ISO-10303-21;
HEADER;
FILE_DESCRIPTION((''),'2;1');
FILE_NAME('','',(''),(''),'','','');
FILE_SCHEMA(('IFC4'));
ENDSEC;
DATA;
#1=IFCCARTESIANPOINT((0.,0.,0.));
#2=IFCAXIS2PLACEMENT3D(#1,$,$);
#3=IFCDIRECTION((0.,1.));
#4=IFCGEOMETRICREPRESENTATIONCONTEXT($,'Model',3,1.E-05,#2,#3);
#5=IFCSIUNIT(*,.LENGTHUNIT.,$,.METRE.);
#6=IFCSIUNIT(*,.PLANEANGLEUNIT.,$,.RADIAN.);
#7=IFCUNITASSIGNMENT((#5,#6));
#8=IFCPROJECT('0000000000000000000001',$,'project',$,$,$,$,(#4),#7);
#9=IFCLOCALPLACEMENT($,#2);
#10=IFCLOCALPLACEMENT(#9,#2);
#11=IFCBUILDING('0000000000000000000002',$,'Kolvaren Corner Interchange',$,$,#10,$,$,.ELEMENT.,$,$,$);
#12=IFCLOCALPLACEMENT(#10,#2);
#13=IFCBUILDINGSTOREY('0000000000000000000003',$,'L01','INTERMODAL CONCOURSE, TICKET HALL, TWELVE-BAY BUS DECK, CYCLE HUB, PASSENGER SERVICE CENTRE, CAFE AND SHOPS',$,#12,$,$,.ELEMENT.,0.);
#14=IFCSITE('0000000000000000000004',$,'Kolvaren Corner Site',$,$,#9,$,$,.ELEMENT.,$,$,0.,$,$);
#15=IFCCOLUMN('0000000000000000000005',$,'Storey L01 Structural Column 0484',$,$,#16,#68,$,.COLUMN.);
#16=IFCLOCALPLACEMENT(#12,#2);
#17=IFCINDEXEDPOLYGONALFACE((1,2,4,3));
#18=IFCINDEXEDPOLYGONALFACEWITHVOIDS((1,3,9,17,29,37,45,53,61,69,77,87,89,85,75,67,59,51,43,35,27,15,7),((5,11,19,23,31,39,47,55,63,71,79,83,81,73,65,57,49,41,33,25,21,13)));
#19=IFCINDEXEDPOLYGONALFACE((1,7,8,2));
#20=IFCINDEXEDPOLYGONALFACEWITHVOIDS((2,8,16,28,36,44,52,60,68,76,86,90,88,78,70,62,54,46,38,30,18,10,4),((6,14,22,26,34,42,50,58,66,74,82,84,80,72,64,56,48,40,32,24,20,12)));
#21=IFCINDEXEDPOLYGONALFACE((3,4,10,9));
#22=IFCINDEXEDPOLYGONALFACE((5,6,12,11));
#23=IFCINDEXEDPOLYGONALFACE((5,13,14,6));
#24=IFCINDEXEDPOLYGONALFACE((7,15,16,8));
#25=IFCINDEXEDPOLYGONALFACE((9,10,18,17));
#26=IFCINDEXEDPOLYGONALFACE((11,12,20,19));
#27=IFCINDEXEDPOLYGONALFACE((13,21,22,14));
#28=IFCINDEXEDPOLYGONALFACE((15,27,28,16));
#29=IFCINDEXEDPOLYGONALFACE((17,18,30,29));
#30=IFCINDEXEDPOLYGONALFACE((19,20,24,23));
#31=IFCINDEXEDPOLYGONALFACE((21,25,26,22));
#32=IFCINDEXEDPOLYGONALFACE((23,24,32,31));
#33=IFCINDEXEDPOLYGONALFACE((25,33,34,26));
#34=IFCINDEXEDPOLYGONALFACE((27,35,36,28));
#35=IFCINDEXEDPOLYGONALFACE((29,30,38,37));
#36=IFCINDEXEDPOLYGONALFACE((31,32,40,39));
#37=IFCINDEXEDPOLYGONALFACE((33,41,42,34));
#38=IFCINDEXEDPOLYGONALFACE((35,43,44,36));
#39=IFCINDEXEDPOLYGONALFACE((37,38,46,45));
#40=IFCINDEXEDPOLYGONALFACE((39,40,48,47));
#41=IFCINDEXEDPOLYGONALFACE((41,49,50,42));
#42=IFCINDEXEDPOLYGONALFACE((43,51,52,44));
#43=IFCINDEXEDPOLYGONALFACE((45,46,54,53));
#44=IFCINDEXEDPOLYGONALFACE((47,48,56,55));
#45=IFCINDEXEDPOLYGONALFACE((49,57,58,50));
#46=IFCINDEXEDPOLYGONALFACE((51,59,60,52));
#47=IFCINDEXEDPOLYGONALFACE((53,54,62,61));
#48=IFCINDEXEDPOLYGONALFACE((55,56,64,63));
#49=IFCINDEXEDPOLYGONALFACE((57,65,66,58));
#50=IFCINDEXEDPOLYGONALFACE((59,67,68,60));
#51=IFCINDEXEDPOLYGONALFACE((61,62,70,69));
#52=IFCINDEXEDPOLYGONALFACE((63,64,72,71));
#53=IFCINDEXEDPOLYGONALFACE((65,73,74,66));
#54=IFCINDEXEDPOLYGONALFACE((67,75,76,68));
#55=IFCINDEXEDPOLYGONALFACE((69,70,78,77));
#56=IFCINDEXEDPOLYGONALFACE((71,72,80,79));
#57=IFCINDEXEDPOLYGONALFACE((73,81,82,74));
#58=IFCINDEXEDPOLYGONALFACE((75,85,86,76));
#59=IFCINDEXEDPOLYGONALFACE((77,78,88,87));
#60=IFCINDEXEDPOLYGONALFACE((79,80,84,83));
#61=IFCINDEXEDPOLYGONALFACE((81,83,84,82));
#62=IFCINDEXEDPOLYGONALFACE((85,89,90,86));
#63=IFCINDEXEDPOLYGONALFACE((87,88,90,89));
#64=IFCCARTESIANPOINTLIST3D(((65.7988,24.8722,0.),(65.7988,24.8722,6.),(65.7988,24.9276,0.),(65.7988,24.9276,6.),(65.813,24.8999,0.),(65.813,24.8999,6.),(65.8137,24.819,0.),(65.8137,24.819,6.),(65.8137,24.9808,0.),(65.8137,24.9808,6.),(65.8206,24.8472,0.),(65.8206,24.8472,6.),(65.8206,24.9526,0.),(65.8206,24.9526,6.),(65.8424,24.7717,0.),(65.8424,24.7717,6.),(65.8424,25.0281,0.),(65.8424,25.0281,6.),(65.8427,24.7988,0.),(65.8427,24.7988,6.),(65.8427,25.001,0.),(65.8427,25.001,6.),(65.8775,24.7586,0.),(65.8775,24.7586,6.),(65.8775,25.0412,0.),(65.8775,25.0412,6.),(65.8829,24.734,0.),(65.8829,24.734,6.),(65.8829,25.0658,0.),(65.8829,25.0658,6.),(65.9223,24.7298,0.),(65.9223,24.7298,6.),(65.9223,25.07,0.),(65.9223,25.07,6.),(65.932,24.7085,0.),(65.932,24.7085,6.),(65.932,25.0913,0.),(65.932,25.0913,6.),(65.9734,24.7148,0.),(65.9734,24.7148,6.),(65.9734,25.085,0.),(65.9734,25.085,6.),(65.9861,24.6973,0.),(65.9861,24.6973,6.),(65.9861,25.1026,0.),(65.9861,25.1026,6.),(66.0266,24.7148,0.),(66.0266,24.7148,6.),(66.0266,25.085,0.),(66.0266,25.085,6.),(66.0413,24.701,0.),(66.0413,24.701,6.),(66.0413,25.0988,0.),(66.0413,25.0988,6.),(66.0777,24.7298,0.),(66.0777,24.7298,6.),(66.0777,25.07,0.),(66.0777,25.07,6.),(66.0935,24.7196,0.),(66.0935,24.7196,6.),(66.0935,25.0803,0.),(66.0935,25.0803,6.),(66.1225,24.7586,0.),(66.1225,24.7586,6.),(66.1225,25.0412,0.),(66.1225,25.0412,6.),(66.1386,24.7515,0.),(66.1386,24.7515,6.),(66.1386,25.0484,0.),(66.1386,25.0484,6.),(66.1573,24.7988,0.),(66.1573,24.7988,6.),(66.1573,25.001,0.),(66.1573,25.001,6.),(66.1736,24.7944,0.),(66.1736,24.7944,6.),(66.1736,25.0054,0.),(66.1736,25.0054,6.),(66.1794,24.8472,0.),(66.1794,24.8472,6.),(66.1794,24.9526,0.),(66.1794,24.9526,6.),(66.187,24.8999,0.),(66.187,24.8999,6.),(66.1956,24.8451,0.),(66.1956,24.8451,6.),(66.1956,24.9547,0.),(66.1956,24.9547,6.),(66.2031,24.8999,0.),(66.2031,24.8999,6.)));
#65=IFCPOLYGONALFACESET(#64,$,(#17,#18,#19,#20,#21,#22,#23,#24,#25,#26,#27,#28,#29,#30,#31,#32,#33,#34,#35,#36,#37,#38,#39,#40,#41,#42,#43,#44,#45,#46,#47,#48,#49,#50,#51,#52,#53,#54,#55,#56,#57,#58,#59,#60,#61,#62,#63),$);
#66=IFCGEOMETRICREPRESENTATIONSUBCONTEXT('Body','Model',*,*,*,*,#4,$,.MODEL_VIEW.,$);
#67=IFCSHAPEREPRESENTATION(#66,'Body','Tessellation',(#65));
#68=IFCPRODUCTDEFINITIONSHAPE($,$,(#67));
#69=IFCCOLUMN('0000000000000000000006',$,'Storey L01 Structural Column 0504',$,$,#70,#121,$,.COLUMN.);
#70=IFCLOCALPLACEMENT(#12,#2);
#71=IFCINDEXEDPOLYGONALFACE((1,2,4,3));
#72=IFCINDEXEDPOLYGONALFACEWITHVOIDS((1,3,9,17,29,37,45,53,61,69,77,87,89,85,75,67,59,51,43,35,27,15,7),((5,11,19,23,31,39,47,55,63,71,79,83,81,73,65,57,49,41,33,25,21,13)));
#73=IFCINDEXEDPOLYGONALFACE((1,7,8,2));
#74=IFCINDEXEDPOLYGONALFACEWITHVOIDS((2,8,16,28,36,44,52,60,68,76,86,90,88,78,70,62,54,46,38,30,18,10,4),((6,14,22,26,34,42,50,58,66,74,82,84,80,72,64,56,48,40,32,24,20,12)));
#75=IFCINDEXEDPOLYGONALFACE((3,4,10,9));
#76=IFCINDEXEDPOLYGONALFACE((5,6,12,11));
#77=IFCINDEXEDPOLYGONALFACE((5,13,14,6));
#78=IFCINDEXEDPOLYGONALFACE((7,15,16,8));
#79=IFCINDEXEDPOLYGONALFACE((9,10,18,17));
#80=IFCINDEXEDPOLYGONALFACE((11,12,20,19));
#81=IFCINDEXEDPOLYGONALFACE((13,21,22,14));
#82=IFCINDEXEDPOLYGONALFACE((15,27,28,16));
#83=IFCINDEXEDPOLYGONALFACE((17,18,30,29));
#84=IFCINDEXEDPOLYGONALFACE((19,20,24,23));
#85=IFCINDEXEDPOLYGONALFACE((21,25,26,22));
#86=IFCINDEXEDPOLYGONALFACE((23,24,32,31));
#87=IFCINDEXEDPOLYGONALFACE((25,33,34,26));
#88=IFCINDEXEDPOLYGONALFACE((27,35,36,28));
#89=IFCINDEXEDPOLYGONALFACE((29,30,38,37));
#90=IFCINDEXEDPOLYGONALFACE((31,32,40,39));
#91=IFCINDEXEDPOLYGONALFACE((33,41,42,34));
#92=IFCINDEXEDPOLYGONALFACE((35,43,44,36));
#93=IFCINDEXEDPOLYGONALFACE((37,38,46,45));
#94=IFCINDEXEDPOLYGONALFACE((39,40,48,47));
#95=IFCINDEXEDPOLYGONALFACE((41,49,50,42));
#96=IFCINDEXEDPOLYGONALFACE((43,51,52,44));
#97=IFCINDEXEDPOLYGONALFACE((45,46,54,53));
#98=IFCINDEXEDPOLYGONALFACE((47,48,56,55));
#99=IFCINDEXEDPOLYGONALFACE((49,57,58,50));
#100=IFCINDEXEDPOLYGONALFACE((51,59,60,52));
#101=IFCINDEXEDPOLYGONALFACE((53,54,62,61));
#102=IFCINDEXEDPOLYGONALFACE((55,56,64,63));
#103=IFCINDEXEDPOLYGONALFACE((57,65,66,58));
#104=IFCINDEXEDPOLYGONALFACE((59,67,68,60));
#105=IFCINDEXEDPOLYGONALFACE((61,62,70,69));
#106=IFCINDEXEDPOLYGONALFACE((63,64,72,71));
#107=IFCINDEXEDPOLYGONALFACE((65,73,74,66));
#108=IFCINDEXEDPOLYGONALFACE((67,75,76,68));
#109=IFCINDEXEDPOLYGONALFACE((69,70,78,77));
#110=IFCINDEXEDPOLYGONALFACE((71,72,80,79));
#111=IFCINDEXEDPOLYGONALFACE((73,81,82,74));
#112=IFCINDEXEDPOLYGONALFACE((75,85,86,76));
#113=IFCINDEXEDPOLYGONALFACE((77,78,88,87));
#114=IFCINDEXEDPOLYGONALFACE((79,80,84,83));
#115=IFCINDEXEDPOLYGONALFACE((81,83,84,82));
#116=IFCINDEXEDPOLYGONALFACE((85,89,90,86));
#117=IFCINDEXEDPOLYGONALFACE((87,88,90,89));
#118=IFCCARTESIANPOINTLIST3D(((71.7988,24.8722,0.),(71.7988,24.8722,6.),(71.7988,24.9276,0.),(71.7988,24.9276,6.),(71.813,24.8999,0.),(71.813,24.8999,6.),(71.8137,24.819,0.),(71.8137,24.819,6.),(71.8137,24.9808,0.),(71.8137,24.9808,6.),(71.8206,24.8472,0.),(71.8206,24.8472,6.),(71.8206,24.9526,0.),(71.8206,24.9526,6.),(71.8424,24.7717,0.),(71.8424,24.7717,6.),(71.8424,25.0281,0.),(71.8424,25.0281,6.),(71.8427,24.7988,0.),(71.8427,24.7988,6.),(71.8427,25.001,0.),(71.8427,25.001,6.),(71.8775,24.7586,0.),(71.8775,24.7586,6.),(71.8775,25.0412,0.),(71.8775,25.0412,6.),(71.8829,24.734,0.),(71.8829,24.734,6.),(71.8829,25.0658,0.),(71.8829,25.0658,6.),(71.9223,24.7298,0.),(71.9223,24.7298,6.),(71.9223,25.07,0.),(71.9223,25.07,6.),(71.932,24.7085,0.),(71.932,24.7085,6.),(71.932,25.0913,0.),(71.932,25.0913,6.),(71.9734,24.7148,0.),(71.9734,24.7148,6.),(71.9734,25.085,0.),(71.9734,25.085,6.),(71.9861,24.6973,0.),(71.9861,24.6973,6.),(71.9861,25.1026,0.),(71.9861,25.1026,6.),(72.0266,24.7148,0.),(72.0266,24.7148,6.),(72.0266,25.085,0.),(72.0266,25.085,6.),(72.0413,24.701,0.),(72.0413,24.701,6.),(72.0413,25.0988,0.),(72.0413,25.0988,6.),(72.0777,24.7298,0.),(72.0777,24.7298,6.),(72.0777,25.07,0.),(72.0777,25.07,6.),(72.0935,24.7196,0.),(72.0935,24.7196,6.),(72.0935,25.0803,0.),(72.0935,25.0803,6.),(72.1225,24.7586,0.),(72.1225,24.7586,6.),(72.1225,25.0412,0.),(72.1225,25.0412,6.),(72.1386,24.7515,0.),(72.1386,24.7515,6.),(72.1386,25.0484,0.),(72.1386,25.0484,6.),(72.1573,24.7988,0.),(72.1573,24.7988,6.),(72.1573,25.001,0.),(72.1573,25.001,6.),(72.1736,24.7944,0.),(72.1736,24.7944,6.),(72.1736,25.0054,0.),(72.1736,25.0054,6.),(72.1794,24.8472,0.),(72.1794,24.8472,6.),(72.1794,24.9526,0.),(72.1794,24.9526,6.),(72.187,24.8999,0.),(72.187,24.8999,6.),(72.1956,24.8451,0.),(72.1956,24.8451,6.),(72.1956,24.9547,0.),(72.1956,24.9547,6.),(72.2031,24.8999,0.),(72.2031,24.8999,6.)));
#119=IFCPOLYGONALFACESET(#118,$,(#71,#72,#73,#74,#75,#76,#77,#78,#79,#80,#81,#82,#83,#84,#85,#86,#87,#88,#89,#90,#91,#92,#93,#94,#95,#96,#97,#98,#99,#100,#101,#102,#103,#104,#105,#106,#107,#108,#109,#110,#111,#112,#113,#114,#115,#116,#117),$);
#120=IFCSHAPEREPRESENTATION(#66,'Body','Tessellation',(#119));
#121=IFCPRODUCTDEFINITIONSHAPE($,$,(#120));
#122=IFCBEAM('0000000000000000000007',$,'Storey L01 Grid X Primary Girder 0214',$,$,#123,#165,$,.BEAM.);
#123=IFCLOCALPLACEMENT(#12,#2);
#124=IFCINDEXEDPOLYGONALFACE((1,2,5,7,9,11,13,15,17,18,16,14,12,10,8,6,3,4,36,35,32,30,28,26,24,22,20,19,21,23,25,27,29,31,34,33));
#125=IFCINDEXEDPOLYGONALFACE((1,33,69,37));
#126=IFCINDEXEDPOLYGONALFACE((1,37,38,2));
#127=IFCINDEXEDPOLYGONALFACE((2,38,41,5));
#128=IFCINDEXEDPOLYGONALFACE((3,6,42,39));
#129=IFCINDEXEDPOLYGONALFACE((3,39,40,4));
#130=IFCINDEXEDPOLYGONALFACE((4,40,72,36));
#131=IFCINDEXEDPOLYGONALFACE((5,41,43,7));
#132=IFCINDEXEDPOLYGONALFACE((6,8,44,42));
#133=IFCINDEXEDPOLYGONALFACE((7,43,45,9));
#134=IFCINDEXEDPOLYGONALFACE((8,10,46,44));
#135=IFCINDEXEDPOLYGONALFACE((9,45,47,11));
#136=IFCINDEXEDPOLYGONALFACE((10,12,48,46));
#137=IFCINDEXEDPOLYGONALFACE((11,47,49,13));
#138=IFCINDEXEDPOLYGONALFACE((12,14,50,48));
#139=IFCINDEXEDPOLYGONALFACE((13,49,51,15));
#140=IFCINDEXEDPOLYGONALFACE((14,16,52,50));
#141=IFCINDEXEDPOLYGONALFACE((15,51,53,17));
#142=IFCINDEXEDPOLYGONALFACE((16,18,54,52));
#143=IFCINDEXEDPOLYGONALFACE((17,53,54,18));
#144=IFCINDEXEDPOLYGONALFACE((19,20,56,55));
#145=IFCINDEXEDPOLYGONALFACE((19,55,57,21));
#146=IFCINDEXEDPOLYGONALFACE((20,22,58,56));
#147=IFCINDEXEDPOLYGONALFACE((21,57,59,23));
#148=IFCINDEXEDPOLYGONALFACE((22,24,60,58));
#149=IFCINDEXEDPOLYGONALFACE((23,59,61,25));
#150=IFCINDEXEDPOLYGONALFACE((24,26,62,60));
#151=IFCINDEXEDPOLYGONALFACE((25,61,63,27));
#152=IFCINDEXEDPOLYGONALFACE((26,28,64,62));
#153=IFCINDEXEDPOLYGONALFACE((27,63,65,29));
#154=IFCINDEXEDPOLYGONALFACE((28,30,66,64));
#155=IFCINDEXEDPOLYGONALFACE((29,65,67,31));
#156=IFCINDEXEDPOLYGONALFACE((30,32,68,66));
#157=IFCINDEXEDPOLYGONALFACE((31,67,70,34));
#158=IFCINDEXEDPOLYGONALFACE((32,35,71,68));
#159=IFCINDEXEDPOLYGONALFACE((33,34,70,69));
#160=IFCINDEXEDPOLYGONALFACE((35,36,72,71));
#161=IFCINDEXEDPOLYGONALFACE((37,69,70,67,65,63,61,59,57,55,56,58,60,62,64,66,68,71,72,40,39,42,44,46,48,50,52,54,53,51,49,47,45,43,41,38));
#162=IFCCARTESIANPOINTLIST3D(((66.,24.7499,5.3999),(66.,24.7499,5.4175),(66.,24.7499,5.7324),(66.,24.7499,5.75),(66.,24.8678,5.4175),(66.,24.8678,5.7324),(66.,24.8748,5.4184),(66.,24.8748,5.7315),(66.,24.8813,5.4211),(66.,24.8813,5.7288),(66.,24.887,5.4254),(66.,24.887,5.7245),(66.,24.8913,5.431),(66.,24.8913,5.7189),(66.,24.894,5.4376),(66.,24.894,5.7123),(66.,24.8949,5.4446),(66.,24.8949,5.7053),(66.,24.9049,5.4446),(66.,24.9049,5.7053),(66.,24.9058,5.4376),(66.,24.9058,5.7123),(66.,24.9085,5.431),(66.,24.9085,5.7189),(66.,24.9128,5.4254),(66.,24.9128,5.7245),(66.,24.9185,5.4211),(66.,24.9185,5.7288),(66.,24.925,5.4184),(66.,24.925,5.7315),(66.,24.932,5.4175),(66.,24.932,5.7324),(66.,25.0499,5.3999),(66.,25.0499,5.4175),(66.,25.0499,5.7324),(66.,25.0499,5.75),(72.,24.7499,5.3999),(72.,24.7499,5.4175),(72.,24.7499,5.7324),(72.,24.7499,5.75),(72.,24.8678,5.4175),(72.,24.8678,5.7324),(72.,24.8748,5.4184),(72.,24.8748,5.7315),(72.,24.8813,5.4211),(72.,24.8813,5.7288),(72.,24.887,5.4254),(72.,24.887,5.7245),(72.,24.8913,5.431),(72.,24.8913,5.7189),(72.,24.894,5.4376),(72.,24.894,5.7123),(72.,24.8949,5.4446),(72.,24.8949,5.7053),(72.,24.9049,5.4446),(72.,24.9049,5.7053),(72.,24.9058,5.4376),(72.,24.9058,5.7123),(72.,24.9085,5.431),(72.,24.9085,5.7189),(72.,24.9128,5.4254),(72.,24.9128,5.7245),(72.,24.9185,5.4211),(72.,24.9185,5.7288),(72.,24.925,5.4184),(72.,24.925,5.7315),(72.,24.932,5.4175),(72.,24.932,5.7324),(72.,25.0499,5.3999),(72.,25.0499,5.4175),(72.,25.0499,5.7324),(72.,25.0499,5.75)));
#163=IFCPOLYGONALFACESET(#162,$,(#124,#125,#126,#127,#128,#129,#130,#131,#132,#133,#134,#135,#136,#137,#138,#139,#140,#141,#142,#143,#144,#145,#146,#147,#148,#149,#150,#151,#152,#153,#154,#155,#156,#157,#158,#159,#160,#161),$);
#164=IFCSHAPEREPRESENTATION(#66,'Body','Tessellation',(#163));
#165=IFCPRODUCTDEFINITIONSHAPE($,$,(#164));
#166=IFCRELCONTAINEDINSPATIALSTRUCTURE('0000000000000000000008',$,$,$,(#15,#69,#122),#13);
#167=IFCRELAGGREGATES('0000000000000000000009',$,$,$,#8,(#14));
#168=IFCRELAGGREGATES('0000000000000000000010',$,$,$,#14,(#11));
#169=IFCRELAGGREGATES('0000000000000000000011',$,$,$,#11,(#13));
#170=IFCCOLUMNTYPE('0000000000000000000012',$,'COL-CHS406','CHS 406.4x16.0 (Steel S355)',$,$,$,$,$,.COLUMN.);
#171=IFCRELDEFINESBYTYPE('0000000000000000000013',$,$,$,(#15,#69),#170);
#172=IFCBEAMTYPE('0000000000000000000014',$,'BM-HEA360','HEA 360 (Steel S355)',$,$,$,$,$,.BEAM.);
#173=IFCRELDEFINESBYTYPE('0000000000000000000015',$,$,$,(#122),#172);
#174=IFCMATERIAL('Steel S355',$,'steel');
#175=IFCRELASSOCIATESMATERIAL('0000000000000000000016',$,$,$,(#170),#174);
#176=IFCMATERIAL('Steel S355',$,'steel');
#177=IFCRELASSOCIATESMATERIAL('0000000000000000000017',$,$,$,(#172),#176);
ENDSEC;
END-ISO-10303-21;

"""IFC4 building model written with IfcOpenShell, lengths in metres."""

from ifc_helpers import new_model, si_unit, direction, frame, origin, origin_2d, place, context, subcontext, project, spatial, hollow_circle, i_section, extrude, material, material_profile, profile_set, type_object, element, save


model = new_model("IFC4")

# Units and contexts
model_context = context("Model", 3, precision=1e-05, world=origin(), true_north=direction((0.0, 1.0)))
body_context = subcontext(model_context, "Body", "Model", "MODEL_VIEW")
ifc_project = project(units=[si_unit("LENGTHUNIT", "METRE"), si_unit("PLANEANGLEUNIT", "RADIAN")], contexts=[model_context])

# Site, building, storey
site_placement = place(None, origin())
site = spatial("IfcSite", under=ifc_project, at=site_placement, Name="Kolvaren Corner Site", CompositionType="ELEMENT", RefElevation=0.0)
building_placement = place(site_placement, origin())
building = spatial("IfcBuilding", under=site, at=building_placement, Name="Kolvaren Corner Interchange", CompositionType="ELEMENT")
storey_placement = place(building_placement, origin())
storey = spatial("IfcBuildingStorey", under=building, at=storey_placement, Name="L01", Description="INTERMODAL CONCOURSE, TICKET HALL, TWELVE-BAY BUS DECK, CYCLE HUB, PASSENGER SERVICE CENTRE, CAFE AND SHOPS", CompositionType="ELEMENT", Elevation=0.0)

# Columns
ifc_material_1 = material(Name="Steel S355", Category="steel")
ifc_material_profile_1 = material_profile(ifc_material_1, hollow_circle(Radius=0.2031, WallThickness=0.0161, at=origin_2d()), Name="CHS 406.4x16.0")
ifc_profile_set_1 = profile_set([ifc_material_profile_1], Name="Steel S355")
column_type = type_object("IfcColumnType", Name="COL-CHS406", Description="CHS 406.4x16.0 (Steel S355)", PredefinedType="COLUMN", material=ifc_profile_set_1)
for number, where, z_axis, x_axis, name in (
    (1, (66.0, 24.8999, 0.0), (0.0, 0.0, 1.0), (1.0, 0.0, 0.0), "Storey L01 Structural Column 0484"),
    (2, (72.0, 24.8999, 0.0), (0.0, 0.0, 1.0), (1.0, 0.0, 0.0), "Storey L01 Structural Column 0504"),
):
    element("IfcColumn", number, at=place(storey_placement, frame(where, z_axis=z_axis, x_axis=x_axis)), inside=storey, type_object=column_type, Name=name, PredefinedType="COLUMN", context=body_context, shape_type="SweptSolid", body=[
        extrude(hollow_circle(Radius=0.2031, WallThickness=0.0161, at=origin_2d()), origin(), (0.0, 0.0, 1.0), 6.0),
    ])

# Beam
ifc_material_2 = material(Name="Steel S355", Category="steel")
ifc_material_profile_2 = material_profile(ifc_material_2, i_section(OverallWidth=0.3, OverallDepth=0.3501, WebThickness=0.01, FlangeThickness=0.0176, FilletRadius=0.0271, at=origin_2d()), Name="HEA 360")
ifc_profile_set_2 = profile_set([ifc_material_profile_2], Name="Steel S355")
beam_type_1 = type_object("IfcBeamType", Name="BM-HEA360", Description="HEA 360 (Steel S355)", PredefinedType="BEAM", material=ifc_profile_set_2)
for number, where, z_axis, x_axis, name in (
    (3, (66.0, 24.8999, 5.575), (1.0, 0.0, 0.0), (0.0, 1.0, 0.0), "Storey L01 Grid X Primary Girder 0214"),
):
    element("IfcBeam", number, at=place(storey_placement, frame(where, z_axis=z_axis, x_axis=x_axis)), inside=storey, type_object=beam_type_1, Name=name, PredefinedType="BEAM", context=body_context, shape_type="SweptSolid", body=[
        extrude(i_section(OverallWidth=0.3, OverallDepth=0.3501, WebThickness=0.01, FlangeThickness=0.0176, FilletRadius=0.0271, at=origin_2d()), origin(), (0.0, 0.0, 1.0), 6.0),
    ])

save(model, "model.ifc")
